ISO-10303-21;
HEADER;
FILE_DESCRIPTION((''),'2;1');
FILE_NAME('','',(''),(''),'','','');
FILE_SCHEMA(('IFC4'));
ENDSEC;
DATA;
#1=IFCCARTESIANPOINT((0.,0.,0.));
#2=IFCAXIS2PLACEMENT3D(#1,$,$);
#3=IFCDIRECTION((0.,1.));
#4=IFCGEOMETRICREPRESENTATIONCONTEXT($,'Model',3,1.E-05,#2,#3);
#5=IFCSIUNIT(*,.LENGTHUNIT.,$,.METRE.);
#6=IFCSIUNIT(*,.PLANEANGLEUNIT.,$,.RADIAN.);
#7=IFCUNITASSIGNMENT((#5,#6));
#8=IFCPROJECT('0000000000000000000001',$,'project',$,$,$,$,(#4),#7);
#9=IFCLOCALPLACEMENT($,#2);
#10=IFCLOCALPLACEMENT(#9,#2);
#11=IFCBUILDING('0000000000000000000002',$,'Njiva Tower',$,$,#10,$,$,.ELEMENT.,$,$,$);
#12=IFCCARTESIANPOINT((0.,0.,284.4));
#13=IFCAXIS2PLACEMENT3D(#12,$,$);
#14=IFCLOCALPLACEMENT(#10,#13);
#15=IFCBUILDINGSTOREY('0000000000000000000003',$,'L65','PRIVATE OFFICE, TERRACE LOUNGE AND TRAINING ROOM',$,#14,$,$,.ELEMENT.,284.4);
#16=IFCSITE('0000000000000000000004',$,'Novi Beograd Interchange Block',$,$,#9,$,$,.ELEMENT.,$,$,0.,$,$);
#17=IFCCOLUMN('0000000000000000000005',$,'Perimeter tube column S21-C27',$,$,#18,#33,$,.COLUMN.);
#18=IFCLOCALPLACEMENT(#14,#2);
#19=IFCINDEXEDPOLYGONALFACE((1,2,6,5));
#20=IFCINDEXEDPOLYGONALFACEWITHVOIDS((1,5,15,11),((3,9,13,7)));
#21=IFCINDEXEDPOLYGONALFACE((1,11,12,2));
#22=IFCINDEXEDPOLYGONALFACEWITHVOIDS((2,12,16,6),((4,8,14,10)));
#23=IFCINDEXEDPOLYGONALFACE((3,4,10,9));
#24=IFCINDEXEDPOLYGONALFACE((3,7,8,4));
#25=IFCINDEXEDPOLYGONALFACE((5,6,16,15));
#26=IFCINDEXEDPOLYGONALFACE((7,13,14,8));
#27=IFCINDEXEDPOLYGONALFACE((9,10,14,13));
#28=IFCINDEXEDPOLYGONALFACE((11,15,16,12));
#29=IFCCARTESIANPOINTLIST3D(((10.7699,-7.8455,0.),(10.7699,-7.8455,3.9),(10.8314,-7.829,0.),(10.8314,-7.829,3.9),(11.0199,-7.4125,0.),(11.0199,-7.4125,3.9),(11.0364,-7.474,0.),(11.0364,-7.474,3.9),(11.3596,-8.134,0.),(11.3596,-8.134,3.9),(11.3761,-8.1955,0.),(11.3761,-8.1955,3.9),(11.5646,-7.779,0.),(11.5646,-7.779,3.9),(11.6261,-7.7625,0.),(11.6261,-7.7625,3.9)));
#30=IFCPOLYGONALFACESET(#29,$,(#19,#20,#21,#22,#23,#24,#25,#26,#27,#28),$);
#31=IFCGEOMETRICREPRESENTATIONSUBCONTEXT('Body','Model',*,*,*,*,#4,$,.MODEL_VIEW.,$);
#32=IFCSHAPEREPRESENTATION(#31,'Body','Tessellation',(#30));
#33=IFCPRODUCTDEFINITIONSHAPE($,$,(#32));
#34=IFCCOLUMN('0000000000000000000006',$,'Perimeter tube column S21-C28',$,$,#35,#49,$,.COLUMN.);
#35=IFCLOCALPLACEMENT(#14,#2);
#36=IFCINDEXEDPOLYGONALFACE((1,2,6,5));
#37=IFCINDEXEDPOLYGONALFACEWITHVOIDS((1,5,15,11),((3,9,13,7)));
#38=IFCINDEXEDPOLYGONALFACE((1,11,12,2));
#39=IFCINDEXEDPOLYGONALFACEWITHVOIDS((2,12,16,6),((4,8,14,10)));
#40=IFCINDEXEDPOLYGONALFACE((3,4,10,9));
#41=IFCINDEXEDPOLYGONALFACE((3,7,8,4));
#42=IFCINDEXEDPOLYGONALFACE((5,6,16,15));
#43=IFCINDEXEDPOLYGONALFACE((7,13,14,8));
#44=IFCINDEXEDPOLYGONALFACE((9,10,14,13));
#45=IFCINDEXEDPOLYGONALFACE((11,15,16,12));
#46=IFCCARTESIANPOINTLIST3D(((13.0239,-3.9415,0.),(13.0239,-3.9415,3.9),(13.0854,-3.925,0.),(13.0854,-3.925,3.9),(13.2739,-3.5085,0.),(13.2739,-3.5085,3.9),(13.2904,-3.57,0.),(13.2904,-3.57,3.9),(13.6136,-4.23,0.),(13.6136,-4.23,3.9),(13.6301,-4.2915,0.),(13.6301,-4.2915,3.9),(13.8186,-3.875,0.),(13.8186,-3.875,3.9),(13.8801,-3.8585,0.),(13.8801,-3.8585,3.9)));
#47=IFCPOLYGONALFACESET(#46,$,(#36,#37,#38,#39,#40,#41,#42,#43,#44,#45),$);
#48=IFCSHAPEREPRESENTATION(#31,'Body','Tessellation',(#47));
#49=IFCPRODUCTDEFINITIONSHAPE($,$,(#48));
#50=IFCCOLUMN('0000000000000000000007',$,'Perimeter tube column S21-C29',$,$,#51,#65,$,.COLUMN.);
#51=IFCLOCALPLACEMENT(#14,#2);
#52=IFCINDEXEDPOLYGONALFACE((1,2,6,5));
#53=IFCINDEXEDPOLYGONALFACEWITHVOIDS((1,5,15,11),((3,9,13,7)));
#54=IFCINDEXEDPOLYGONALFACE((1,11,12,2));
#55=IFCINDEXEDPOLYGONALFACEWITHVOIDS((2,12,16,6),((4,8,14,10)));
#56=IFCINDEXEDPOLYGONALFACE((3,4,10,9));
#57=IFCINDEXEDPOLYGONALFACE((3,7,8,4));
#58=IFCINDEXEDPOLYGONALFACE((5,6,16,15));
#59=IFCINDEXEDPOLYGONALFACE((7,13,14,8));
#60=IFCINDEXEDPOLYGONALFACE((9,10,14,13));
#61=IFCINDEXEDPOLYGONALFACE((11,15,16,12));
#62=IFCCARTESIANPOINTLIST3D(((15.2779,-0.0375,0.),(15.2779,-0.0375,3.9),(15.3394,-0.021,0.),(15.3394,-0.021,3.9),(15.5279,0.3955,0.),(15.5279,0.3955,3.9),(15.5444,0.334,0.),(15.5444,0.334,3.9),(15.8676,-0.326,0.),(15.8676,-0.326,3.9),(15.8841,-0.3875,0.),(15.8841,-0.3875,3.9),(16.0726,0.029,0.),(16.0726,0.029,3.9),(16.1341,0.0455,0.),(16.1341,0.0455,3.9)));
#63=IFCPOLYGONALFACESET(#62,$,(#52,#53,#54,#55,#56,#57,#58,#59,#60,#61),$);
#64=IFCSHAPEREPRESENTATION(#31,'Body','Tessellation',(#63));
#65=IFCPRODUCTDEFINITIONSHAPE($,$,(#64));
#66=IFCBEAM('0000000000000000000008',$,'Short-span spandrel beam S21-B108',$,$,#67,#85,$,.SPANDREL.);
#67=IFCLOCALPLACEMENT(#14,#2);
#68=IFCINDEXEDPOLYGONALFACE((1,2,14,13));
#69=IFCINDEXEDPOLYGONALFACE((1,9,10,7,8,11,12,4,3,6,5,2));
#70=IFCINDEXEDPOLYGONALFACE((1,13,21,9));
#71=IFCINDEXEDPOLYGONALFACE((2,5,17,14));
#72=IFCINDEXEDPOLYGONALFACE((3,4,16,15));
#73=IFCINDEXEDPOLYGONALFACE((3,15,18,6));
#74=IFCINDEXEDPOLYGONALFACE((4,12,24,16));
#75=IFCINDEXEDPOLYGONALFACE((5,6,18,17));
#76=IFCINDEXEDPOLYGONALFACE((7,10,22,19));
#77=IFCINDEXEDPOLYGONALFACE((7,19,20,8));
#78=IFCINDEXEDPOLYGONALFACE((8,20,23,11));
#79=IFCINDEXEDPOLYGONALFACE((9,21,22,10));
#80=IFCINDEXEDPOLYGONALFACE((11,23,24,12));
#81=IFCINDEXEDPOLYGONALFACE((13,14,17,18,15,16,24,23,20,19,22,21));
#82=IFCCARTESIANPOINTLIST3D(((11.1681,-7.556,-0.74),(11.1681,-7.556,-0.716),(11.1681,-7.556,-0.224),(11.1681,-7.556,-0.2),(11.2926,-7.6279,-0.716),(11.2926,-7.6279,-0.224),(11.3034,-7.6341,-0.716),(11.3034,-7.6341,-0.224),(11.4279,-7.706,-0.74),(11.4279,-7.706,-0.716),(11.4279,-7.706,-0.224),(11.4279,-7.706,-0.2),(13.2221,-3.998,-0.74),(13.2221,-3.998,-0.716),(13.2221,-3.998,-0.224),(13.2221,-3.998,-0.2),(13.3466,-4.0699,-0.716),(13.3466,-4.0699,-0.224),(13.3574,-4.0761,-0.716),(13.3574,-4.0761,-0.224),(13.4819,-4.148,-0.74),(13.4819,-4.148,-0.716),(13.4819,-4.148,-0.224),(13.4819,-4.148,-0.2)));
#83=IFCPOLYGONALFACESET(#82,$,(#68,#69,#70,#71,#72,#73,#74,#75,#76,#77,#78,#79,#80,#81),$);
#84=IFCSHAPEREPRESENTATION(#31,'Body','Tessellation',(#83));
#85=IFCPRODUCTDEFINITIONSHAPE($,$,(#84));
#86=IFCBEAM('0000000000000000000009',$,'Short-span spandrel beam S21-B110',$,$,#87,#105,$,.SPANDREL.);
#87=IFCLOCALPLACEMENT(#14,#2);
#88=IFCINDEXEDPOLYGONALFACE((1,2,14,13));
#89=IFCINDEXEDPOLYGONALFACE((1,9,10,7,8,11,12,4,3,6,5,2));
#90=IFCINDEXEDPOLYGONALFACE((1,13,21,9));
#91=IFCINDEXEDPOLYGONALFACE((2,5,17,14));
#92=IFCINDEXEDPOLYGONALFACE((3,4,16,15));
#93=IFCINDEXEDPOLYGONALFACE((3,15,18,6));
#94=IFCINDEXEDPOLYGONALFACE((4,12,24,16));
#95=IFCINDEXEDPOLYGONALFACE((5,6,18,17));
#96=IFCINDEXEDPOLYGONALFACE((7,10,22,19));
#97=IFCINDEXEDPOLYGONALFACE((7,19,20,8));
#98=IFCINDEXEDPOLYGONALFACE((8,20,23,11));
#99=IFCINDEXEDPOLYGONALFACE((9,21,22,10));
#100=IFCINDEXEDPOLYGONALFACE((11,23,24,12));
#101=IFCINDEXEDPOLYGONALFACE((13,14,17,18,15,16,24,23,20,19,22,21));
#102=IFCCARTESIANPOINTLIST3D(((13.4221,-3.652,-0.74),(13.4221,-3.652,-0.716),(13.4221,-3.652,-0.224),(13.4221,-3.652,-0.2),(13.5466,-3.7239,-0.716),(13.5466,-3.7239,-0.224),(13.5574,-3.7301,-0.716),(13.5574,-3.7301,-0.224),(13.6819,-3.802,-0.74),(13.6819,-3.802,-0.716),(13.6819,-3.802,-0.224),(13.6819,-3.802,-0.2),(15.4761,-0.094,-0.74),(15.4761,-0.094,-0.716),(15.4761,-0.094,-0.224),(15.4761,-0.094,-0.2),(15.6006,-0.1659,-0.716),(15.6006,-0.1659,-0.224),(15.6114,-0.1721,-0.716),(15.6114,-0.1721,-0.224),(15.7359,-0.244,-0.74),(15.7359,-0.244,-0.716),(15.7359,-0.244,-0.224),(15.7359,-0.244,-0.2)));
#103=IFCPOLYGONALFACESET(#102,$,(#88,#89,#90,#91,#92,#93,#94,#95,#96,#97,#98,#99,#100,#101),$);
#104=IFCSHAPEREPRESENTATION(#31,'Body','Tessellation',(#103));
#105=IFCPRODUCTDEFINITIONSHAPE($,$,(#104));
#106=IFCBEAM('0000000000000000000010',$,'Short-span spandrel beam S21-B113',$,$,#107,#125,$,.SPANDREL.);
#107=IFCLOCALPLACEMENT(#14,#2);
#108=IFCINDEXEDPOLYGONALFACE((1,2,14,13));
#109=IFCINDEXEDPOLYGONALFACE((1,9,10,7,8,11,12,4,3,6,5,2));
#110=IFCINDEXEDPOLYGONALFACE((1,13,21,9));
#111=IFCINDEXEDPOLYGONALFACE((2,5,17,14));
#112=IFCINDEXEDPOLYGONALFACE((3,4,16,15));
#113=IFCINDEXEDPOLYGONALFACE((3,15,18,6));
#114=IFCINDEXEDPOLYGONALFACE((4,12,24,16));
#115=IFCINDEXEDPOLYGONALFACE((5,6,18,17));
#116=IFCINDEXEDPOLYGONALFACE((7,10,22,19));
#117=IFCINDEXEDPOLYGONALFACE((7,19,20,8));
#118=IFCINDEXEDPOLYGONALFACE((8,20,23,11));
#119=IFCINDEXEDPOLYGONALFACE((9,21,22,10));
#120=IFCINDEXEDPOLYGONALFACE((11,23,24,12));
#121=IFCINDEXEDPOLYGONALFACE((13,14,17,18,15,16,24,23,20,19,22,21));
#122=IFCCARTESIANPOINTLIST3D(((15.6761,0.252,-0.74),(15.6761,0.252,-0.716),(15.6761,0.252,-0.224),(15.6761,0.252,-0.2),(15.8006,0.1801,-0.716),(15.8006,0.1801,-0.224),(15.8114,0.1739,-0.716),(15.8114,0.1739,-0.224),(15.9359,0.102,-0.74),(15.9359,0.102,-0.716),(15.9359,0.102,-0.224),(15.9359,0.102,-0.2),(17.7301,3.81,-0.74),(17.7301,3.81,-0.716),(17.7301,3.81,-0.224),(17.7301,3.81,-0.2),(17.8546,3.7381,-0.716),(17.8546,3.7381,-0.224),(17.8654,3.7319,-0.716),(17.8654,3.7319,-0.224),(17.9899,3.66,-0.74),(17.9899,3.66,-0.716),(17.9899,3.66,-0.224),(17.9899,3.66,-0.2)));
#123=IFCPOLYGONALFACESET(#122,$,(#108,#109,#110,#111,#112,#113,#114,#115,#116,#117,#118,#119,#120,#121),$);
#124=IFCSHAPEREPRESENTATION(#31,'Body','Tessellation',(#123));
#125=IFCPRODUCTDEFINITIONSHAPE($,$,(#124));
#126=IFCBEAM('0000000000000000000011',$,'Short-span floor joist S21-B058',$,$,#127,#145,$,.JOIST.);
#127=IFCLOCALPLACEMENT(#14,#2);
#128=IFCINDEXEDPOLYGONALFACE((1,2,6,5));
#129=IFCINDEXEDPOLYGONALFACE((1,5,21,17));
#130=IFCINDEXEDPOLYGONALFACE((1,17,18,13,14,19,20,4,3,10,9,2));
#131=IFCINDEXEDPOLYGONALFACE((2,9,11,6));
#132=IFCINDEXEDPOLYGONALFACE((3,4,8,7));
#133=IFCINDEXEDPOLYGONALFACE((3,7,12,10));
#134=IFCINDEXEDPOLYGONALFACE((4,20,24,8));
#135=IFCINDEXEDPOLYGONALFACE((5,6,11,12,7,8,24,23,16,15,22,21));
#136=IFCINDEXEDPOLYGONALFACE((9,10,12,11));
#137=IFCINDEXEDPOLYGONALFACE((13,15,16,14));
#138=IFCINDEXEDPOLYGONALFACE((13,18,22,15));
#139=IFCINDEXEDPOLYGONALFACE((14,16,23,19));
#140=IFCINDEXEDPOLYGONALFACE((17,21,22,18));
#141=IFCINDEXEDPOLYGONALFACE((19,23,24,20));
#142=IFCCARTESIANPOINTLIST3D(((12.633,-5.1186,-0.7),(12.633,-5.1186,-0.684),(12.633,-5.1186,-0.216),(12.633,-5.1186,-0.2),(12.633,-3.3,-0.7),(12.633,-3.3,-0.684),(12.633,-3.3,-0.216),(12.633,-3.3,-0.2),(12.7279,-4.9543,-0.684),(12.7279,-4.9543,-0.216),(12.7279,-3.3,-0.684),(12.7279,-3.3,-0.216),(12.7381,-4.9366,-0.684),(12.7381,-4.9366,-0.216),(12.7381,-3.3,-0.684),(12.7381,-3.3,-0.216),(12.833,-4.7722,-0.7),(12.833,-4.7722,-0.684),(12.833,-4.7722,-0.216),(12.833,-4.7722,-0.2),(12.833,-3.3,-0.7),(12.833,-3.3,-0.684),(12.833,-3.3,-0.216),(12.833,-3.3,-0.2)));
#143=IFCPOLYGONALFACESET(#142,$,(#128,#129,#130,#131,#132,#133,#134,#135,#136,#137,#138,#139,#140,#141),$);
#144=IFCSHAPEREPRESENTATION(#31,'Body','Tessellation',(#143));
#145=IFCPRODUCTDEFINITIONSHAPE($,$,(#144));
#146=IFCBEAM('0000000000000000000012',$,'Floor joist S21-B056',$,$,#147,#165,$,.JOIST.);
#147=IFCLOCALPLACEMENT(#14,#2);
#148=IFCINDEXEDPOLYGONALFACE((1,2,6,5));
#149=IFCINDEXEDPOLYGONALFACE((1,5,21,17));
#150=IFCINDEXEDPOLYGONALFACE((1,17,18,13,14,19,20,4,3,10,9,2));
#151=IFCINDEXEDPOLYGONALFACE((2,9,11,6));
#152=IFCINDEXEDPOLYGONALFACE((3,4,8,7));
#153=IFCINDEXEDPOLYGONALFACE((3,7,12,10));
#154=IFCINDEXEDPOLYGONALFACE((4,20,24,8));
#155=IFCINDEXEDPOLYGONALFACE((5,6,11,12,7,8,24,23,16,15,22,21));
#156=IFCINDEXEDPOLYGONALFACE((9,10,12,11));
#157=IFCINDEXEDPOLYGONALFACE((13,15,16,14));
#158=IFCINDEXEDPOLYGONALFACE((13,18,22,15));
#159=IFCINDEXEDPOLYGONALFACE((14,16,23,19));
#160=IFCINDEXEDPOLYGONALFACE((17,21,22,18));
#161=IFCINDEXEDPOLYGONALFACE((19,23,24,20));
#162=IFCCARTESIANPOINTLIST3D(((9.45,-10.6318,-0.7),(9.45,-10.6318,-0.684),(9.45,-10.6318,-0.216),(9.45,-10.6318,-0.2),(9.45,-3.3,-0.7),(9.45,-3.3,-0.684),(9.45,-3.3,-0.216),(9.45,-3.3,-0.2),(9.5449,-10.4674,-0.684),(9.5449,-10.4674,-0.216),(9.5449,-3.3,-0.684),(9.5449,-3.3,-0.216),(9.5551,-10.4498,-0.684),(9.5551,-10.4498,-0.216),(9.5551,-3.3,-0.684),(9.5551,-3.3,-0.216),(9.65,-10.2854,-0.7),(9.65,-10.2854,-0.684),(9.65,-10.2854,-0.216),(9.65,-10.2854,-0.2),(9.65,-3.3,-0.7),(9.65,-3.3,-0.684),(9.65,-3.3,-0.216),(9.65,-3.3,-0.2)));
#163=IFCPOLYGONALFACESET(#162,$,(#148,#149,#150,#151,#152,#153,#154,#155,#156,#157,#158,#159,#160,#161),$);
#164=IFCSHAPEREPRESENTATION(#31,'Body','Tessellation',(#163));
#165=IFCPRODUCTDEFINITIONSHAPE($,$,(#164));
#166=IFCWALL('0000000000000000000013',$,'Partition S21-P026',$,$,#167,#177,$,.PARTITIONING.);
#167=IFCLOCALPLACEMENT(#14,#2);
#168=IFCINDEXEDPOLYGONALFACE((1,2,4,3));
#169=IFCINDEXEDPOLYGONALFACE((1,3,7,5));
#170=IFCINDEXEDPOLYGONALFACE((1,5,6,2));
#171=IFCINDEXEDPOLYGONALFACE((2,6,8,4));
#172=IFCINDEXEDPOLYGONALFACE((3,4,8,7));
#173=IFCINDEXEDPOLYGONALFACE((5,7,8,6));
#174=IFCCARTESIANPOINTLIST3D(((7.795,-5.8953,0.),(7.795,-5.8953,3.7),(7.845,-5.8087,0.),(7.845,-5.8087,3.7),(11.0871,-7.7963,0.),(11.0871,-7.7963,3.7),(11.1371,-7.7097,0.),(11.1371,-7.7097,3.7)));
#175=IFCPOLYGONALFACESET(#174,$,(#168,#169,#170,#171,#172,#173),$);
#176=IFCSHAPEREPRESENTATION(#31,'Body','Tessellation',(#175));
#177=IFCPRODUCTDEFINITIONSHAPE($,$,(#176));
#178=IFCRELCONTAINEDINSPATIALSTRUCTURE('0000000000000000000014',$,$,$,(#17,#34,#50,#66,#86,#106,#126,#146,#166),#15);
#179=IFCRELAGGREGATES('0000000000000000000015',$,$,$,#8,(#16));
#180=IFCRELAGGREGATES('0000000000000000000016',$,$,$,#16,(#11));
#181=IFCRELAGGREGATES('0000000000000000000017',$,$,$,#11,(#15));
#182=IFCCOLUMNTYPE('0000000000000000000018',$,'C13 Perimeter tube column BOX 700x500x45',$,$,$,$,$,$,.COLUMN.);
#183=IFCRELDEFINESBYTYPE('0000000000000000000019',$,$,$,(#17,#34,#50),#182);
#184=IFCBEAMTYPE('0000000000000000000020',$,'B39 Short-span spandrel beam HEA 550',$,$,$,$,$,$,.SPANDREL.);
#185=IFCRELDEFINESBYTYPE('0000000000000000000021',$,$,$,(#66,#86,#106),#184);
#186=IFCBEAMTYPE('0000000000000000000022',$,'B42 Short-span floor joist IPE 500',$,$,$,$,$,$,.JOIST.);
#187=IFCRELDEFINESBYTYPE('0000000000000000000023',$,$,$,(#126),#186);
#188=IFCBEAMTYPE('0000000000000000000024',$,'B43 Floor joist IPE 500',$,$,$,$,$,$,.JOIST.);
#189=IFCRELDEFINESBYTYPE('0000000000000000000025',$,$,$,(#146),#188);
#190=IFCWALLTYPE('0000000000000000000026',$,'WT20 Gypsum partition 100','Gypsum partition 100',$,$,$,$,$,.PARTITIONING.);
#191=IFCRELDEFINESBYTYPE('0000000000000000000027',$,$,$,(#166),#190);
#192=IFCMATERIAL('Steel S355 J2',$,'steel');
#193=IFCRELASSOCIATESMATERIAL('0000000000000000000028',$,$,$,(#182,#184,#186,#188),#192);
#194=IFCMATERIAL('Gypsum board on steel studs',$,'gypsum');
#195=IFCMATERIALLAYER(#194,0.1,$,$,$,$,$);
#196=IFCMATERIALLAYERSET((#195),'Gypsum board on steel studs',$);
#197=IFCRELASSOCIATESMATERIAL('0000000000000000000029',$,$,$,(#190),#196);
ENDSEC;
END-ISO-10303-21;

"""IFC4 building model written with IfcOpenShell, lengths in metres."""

from ifc_helpers import new_model, si_unit, direction, frame, frame_2d, origin, origin_2d, place, context, subcontext, project, spatial, rectangle, hollow_rectangle, i_section, extrude, clip, halfspace, material, layer, layer_set, material_profile, profile_set, type_object, element, save


model = new_model("IFC4")

# Units and contexts
model_context = context("Model", 3, precision=1e-05, world=origin(), true_north=direction((0.0, 1.0)))
body_context = subcontext(model_context, "Body", "Model", "MODEL_VIEW")
ifc_project = project(units=[si_unit("LENGTHUNIT", "METRE"), si_unit("PLANEANGLEUNIT", "RADIAN")], contexts=[model_context])

# Site, building, storey
site_placement = place(None, origin())
site = spatial("IfcSite", under=ifc_project, at=site_placement, Name="Novi Beograd Interchange Block", CompositionType="ELEMENT", RefElevation=0.0)
building_placement = place(site_placement, origin())
building = spatial("IfcBuilding", under=site, at=building_placement, Name="Njiva Tower", CompositionType="ELEMENT")
storey_placement = place(building_placement, frame((0.0, 0.0, 284.4)))
storey = spatial("IfcBuildingStorey", under=building, at=storey_placement, Name="L65", Description="PRIVATE OFFICE, TERRACE LOUNGE AND TRAINING ROOM", CompositionType="ELEMENT", Elevation=284.4)

# Columns
ifc_material_1 = material(Name="Steel S355 J2", Category="steel")
ifc_material_profile_1 = material_profile(ifc_material_1, hollow_rectangle(XDim=0.5, YDim=0.7, WallThickness=0.045, at=origin_2d()), Name="BOX 700x500x45")
ifc_profile_set_1 = profile_set([ifc_material_profile_1], Name="Steel S355 J2")
column_type = type_object("IfcColumnType", Name="C13 Perimeter tube column BOX 700x500x45", PredefinedType="COLUMN", material=ifc_profile_set_1)
for number, where, z_axis, x_axis, name in (
    (1, (11.198, -7.804, 0.0), (0.0, 0.0, 1.0), (0.5, 0.866025, 0.0), "Perimeter tube column S21-C27"),
    (2, (13.452, -3.9, 0.0), (0.0, 0.0, 1.0), (0.5, 0.866025, 0.0), "Perimeter tube column S21-C28"),
    (3, (15.706, 0.004, 0.0), (0.0, 0.0, 1.0), (0.5, 0.866025, 0.0), "Perimeter tube column S21-C29"),
):
    element("IfcColumn", number, at=place(storey_placement, frame(where, z_axis=z_axis, x_axis=x_axis)), inside=storey, type_object=column_type, Name=name, PredefinedType="COLUMN", context=body_context, shape_type="SweptSolid", body=[
        extrude(hollow_rectangle(XDim=0.5, YDim=0.7, WallThickness=0.045, at=origin_2d()), origin(), (0.0, 0.0, 1.0), 3.9),
    ])

# Beams
ifc_material_profile_2 = material_profile(ifc_material_1, i_section(OverallWidth=0.3, OverallDepth=0.54, WebThickness=0.0125, FlangeThickness=0.024, at=origin_2d()), Name="HEA 550")
ifc_profile_set_2 = profile_set([ifc_material_profile_2], Name="Steel S355 J2")
beam_type_1 = type_object("IfcBeamType", Name="B39 Short-span spandrel beam HEA 550", PredefinedType="SPANDREL", material=ifc_profile_set_2)
for number, where, z_axis, x_axis, name in (
    (4, (11.298, -7.631, -0.47), (0.499961, 0.866048, 0.0), (-0.866048, 0.499961, 0.0), "Short-span spandrel beam S21-B108"),
    (5, (13.552, -3.727, -0.47), (0.499961, 0.866048, 0.0), (-0.866048, 0.499961, 0.0), "Short-span spandrel beam S21-B110"),
    (6, (15.806, 0.177, -0.47), (0.499961, 0.866048, 0.0), (-0.866048, 0.499961, 0.0), "Short-span spandrel beam S21-B113"),
):
    element("IfcBeam", number, at=place(storey_placement, frame(where, z_axis=z_axis, x_axis=x_axis)), inside=storey, type_object=beam_type_1, Name=name, PredefinedType="SPANDREL", context=body_context, shape_type="SweptSolid", body=[
        extrude(i_section(OverallWidth=0.3, OverallDepth=0.54, WebThickness=0.0125, FlangeThickness=0.024, at=origin_2d()), origin(), (0.0, 0.0, 1.0), 4.1083),
    ])
ifc_material_profile_3 = material_profile(ifc_material_1, i_section(OverallWidth=0.2, OverallDepth=0.5, WebThickness=0.0102, FlangeThickness=0.016, at=origin_2d()), Name="IPE 500")
ifc_profile_set_3 = profile_set([ifc_material_profile_3], Name="Steel S355 J2")
beam_type_2 = type_object("IfcBeamType", Name="B42 Short-span floor joist IPE 500", PredefinedType="JOIST", material=ifc_profile_set_3)
beam_1_placement = place(storey_placement, frame((12.733, -3.3, -0.45), z_axis=(0.0, -1.0, 0.0), x_axis=(1.0, 0.0, 0.0)))
element("IfcBeam", 7, at=beam_1_placement, inside=storey, type_object=beam_type_2, Name="Short-span floor joist S21-B058", PredefinedType="JOIST", context=body_context, shape_type="Clipping", body=[
    clip(extrude(i_section(OverallWidth=0.2, OverallDepth=0.5, WebThickness=0.0102, FlangeThickness=0.016, at=origin_2d()), origin(), (0.0, 0.0, 1.0), 1.838), halfspace(frame((0.0436, 0.0, 1.5699), z_axis=(0.866027, 0.0, 0.499998), x_axis=(0.0, 1.0, 0.0)), False)),
])
ifc_material_profile_4 = material_profile(ifc_material_1, i_section(OverallWidth=0.2, OverallDepth=0.5, WebThickness=0.0102, FlangeThickness=0.016, at=origin_2d()), Name="IPE 500")
ifc_profile_set_4 = profile_set([ifc_material_profile_4], Name="Steel S355 J2")
beam_type_3 = type_object("IfcBeamType", Name="B43 Floor joist IPE 500", PredefinedType="JOIST", material=ifc_profile_set_4)
beam_2_placement = place(storey_placement, frame((9.55, -3.3, -0.45), z_axis=(0.0, -1.0, 0.0), x_axis=(1.0, 0.0, 0.0)))
element("IfcBeam", 8, at=beam_2_placement, inside=storey, type_object=beam_type_3, Name="Floor joist S21-B056", PredefinedType="JOIST", context=body_context, shape_type="Clipping", body=[
    clip(extrude(i_section(OverallWidth=0.2, OverallDepth=0.5, WebThickness=0.0102, FlangeThickness=0.016, at=origin_2d()), origin(), (0.0, 0.0, 1.0), 7.352), halfspace(frame((0.0433, 0.0, 7.0836), z_axis=(0.866027, 0.0, 0.499998), x_axis=(0.0, 1.0, 0.0)), False)),
])

# Wall
ifc_material_2 = material(Name="Gypsum board on steel studs", Category="gypsum")
ifc_layer_1 = layer(ifc_material_2, 0.1)
ifc_layer_set_1 = layer_set([ifc_layer_1], Name="Gypsum board on steel studs")
wall_type_1 = type_object("IfcWallType", Name="WT20 Gypsum partition 100", Description="Gypsum partition 100", PredefinedType="PARTITIONING", material=ifc_layer_set_1)
wall_1_placement = place(storey_placement, frame((7.82, -5.852, 0.0), z_axis=(0.0, 0.0, 1.0), x_axis=(0.865984, -0.500072, 0.0)))
element("IfcWall", 9, at=wall_1_placement, inside=storey, type_object=wall_type_1, Name="Partition S21-P026", PredefinedType="PARTITIONING", context=body_context, shape_type="SweptSolid", body=[
    extrude(rectangle(XDim=3.8015, YDim=0.1, at=frame_2d((1.9008, 0.0))), origin(), (0.0, 0.0, 1.0), 3.7),
])

save(model, "model.ifc")
